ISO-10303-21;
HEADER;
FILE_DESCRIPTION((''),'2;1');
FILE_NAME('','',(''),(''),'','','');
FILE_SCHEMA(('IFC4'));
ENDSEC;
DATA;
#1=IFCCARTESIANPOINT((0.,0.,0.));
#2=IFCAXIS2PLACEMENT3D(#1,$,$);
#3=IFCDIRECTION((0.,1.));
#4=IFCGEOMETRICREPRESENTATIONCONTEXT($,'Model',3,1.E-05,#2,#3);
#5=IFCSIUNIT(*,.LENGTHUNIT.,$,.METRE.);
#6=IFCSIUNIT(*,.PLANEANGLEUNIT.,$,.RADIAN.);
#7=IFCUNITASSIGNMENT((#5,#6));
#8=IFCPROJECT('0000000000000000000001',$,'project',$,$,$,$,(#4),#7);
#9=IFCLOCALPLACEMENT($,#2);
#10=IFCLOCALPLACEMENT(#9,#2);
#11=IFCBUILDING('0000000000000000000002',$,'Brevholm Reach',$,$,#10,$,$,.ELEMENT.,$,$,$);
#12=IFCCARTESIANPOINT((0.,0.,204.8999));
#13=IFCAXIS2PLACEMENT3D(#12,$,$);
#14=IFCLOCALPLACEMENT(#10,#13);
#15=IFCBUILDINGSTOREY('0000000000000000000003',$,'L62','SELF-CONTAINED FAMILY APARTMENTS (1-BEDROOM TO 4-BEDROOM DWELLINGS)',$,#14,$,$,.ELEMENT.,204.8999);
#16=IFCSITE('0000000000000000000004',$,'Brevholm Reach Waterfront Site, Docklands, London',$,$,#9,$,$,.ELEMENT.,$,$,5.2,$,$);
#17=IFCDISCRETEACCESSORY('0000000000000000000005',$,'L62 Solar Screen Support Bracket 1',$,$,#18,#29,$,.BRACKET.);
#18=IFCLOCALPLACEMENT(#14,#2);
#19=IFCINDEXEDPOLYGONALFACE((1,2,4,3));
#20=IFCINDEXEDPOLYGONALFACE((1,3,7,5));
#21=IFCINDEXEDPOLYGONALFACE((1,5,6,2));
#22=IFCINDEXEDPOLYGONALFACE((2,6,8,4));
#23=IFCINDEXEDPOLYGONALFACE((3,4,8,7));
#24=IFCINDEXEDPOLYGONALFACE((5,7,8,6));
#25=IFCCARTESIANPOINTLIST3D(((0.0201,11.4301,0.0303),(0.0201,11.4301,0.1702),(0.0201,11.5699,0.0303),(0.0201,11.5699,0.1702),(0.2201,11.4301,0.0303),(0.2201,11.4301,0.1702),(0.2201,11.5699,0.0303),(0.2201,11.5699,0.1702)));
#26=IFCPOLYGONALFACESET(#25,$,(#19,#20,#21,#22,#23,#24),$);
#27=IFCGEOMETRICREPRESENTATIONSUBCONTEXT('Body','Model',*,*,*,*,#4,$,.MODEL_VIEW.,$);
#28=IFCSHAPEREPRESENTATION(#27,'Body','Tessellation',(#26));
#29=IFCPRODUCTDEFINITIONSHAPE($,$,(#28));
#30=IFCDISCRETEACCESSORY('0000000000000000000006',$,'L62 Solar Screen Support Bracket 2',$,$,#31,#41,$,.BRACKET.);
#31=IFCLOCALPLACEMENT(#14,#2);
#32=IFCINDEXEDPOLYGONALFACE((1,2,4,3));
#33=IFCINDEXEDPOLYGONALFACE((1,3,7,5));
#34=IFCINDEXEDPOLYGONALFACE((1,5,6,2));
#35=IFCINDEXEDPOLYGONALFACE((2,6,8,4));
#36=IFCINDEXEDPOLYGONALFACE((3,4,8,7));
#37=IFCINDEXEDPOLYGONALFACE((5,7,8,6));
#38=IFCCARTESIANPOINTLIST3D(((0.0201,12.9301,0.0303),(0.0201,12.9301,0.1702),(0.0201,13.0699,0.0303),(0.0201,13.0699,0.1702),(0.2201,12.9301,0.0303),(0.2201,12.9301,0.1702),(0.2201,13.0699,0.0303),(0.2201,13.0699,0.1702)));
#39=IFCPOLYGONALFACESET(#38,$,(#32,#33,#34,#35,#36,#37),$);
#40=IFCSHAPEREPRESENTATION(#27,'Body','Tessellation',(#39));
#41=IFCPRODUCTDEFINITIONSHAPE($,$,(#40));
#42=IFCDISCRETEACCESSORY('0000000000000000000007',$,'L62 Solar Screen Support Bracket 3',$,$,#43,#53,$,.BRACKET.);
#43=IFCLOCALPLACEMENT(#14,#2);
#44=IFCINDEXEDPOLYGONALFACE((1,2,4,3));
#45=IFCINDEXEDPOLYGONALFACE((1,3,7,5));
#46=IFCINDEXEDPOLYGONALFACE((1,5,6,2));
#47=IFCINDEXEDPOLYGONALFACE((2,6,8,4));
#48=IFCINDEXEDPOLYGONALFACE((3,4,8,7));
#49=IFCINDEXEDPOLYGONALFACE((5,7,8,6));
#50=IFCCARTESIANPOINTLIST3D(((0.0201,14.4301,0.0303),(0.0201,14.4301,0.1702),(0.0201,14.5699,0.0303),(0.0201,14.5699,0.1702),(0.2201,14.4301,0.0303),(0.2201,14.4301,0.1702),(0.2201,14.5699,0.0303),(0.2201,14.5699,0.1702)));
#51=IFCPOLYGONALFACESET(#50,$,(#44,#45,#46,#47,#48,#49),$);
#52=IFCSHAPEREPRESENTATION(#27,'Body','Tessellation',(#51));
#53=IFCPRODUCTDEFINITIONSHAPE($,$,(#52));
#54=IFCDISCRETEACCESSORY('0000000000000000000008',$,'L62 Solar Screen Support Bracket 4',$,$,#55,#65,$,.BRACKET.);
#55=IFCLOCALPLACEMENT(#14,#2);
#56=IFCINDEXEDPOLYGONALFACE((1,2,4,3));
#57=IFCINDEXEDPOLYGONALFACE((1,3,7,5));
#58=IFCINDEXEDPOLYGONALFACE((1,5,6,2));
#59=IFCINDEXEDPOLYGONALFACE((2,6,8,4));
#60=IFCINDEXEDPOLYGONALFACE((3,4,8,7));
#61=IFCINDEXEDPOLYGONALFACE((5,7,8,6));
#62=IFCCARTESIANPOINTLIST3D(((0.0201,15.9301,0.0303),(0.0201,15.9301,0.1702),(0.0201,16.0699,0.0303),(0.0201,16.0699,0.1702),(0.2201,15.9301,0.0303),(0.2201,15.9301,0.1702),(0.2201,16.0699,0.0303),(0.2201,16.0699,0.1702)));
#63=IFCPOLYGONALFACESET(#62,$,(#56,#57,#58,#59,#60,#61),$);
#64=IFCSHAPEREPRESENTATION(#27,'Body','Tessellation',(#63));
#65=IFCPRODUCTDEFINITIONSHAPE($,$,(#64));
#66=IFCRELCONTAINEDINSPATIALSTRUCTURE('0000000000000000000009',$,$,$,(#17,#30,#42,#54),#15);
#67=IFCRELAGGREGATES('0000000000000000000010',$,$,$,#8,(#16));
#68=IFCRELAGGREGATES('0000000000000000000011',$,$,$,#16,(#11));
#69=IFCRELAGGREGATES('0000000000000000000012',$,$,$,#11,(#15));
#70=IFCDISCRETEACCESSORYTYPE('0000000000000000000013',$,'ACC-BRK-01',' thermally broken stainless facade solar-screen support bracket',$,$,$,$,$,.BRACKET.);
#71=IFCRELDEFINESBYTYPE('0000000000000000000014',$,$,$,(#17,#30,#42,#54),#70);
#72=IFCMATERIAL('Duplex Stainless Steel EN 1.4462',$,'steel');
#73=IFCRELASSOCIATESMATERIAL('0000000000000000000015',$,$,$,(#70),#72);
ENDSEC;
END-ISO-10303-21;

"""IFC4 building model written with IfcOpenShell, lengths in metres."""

from ifc_helpers import new_model, si_unit, direction, frame, origin, origin_2d, place, context, subcontext, project, spatial, rectangle, extrude, material, type_object, element, save


model = new_model("IFC4")

# Units and contexts
model_context = context("Model", 3, precision=1e-05, world=origin(), true_north=direction((0.0, 1.0)))
body_context = subcontext(model_context, "Body", "Model", "MODEL_VIEW")
ifc_project = project(units=[si_unit("LENGTHUNIT", "METRE"), si_unit("PLANEANGLEUNIT", "RADIAN")], contexts=[model_context])

# Site, building, storey
site_placement = place(None, origin())
site = spatial("IfcSite", under=ifc_project, at=site_placement, Name="Brevholm Reach Waterfront Site, Docklands, London", CompositionType="ELEMENT", RefElevation=5.2)
building_placement = place(site_placement, origin())
building = spatial("IfcBuilding", under=site, at=building_placement, Name="Brevholm Reach", CompositionType="ELEMENT")
storey_placement = place(building_placement, frame((0.0, 0.0, 204.8999)))
storey = spatial("IfcBuildingStorey", under=building, at=storey_placement, Name="L62", Description="SELF-CONTAINED FAMILY APARTMENTS (1-BEDROOM TO 4-BEDROOM DWELLINGS)", CompositionType="ELEMENT", Elevation=204.8999)

# Discrete accessories
ifc_material_1 = material(Name="Duplex Stainless Steel EN 1.4462", Category="steel")
discrete_accessory_type = type_object("IfcDiscreteAccessoryType", Name="ACC-BRK-01", Description=" thermally broken stainless facade solar-screen support bracket", PredefinedType="BRACKET", material=ifc_material_1)
for number, where, z_axis, x_axis, name in (
    (1, (0.1201, 11.5, 0.0303), (0.0, 0.0, 1.0), (-1.0, 0.0, 0.0), "L62 Solar Screen Support Bracket 1"),
    (2, (0.1201, 13.0, 0.0303), (0.0, 0.0, 1.0), (-1.0, 0.0, 0.0), "L62 Solar Screen Support Bracket 2"),
    (3, (0.1201, 14.5, 0.0303), (0.0, 0.0, 1.0), (-1.0, 0.0, 0.0), "L62 Solar Screen Support Bracket 3"),
    (4, (0.1201, 16.0, 0.0303), (0.0, 0.0, 1.0), (-1.0, 0.0, 0.0), "L62 Solar Screen Support Bracket 4"),
):
    element("IfcDiscreteAccessory", number, at=place(storey_placement, frame(where, z_axis=z_axis, x_axis=x_axis)), inside=storey, type_object=discrete_accessory_type, Name=name, PredefinedType="BRACKET", context=body_context, shape_type="SweptSolid", body=[
        extrude(rectangle(XDim=0.2, YDim=0.1399, at=origin_2d()), origin(), (0.0, 0.0, 1.0), 0.1399),
    ])

save(model, "model.ifc")
